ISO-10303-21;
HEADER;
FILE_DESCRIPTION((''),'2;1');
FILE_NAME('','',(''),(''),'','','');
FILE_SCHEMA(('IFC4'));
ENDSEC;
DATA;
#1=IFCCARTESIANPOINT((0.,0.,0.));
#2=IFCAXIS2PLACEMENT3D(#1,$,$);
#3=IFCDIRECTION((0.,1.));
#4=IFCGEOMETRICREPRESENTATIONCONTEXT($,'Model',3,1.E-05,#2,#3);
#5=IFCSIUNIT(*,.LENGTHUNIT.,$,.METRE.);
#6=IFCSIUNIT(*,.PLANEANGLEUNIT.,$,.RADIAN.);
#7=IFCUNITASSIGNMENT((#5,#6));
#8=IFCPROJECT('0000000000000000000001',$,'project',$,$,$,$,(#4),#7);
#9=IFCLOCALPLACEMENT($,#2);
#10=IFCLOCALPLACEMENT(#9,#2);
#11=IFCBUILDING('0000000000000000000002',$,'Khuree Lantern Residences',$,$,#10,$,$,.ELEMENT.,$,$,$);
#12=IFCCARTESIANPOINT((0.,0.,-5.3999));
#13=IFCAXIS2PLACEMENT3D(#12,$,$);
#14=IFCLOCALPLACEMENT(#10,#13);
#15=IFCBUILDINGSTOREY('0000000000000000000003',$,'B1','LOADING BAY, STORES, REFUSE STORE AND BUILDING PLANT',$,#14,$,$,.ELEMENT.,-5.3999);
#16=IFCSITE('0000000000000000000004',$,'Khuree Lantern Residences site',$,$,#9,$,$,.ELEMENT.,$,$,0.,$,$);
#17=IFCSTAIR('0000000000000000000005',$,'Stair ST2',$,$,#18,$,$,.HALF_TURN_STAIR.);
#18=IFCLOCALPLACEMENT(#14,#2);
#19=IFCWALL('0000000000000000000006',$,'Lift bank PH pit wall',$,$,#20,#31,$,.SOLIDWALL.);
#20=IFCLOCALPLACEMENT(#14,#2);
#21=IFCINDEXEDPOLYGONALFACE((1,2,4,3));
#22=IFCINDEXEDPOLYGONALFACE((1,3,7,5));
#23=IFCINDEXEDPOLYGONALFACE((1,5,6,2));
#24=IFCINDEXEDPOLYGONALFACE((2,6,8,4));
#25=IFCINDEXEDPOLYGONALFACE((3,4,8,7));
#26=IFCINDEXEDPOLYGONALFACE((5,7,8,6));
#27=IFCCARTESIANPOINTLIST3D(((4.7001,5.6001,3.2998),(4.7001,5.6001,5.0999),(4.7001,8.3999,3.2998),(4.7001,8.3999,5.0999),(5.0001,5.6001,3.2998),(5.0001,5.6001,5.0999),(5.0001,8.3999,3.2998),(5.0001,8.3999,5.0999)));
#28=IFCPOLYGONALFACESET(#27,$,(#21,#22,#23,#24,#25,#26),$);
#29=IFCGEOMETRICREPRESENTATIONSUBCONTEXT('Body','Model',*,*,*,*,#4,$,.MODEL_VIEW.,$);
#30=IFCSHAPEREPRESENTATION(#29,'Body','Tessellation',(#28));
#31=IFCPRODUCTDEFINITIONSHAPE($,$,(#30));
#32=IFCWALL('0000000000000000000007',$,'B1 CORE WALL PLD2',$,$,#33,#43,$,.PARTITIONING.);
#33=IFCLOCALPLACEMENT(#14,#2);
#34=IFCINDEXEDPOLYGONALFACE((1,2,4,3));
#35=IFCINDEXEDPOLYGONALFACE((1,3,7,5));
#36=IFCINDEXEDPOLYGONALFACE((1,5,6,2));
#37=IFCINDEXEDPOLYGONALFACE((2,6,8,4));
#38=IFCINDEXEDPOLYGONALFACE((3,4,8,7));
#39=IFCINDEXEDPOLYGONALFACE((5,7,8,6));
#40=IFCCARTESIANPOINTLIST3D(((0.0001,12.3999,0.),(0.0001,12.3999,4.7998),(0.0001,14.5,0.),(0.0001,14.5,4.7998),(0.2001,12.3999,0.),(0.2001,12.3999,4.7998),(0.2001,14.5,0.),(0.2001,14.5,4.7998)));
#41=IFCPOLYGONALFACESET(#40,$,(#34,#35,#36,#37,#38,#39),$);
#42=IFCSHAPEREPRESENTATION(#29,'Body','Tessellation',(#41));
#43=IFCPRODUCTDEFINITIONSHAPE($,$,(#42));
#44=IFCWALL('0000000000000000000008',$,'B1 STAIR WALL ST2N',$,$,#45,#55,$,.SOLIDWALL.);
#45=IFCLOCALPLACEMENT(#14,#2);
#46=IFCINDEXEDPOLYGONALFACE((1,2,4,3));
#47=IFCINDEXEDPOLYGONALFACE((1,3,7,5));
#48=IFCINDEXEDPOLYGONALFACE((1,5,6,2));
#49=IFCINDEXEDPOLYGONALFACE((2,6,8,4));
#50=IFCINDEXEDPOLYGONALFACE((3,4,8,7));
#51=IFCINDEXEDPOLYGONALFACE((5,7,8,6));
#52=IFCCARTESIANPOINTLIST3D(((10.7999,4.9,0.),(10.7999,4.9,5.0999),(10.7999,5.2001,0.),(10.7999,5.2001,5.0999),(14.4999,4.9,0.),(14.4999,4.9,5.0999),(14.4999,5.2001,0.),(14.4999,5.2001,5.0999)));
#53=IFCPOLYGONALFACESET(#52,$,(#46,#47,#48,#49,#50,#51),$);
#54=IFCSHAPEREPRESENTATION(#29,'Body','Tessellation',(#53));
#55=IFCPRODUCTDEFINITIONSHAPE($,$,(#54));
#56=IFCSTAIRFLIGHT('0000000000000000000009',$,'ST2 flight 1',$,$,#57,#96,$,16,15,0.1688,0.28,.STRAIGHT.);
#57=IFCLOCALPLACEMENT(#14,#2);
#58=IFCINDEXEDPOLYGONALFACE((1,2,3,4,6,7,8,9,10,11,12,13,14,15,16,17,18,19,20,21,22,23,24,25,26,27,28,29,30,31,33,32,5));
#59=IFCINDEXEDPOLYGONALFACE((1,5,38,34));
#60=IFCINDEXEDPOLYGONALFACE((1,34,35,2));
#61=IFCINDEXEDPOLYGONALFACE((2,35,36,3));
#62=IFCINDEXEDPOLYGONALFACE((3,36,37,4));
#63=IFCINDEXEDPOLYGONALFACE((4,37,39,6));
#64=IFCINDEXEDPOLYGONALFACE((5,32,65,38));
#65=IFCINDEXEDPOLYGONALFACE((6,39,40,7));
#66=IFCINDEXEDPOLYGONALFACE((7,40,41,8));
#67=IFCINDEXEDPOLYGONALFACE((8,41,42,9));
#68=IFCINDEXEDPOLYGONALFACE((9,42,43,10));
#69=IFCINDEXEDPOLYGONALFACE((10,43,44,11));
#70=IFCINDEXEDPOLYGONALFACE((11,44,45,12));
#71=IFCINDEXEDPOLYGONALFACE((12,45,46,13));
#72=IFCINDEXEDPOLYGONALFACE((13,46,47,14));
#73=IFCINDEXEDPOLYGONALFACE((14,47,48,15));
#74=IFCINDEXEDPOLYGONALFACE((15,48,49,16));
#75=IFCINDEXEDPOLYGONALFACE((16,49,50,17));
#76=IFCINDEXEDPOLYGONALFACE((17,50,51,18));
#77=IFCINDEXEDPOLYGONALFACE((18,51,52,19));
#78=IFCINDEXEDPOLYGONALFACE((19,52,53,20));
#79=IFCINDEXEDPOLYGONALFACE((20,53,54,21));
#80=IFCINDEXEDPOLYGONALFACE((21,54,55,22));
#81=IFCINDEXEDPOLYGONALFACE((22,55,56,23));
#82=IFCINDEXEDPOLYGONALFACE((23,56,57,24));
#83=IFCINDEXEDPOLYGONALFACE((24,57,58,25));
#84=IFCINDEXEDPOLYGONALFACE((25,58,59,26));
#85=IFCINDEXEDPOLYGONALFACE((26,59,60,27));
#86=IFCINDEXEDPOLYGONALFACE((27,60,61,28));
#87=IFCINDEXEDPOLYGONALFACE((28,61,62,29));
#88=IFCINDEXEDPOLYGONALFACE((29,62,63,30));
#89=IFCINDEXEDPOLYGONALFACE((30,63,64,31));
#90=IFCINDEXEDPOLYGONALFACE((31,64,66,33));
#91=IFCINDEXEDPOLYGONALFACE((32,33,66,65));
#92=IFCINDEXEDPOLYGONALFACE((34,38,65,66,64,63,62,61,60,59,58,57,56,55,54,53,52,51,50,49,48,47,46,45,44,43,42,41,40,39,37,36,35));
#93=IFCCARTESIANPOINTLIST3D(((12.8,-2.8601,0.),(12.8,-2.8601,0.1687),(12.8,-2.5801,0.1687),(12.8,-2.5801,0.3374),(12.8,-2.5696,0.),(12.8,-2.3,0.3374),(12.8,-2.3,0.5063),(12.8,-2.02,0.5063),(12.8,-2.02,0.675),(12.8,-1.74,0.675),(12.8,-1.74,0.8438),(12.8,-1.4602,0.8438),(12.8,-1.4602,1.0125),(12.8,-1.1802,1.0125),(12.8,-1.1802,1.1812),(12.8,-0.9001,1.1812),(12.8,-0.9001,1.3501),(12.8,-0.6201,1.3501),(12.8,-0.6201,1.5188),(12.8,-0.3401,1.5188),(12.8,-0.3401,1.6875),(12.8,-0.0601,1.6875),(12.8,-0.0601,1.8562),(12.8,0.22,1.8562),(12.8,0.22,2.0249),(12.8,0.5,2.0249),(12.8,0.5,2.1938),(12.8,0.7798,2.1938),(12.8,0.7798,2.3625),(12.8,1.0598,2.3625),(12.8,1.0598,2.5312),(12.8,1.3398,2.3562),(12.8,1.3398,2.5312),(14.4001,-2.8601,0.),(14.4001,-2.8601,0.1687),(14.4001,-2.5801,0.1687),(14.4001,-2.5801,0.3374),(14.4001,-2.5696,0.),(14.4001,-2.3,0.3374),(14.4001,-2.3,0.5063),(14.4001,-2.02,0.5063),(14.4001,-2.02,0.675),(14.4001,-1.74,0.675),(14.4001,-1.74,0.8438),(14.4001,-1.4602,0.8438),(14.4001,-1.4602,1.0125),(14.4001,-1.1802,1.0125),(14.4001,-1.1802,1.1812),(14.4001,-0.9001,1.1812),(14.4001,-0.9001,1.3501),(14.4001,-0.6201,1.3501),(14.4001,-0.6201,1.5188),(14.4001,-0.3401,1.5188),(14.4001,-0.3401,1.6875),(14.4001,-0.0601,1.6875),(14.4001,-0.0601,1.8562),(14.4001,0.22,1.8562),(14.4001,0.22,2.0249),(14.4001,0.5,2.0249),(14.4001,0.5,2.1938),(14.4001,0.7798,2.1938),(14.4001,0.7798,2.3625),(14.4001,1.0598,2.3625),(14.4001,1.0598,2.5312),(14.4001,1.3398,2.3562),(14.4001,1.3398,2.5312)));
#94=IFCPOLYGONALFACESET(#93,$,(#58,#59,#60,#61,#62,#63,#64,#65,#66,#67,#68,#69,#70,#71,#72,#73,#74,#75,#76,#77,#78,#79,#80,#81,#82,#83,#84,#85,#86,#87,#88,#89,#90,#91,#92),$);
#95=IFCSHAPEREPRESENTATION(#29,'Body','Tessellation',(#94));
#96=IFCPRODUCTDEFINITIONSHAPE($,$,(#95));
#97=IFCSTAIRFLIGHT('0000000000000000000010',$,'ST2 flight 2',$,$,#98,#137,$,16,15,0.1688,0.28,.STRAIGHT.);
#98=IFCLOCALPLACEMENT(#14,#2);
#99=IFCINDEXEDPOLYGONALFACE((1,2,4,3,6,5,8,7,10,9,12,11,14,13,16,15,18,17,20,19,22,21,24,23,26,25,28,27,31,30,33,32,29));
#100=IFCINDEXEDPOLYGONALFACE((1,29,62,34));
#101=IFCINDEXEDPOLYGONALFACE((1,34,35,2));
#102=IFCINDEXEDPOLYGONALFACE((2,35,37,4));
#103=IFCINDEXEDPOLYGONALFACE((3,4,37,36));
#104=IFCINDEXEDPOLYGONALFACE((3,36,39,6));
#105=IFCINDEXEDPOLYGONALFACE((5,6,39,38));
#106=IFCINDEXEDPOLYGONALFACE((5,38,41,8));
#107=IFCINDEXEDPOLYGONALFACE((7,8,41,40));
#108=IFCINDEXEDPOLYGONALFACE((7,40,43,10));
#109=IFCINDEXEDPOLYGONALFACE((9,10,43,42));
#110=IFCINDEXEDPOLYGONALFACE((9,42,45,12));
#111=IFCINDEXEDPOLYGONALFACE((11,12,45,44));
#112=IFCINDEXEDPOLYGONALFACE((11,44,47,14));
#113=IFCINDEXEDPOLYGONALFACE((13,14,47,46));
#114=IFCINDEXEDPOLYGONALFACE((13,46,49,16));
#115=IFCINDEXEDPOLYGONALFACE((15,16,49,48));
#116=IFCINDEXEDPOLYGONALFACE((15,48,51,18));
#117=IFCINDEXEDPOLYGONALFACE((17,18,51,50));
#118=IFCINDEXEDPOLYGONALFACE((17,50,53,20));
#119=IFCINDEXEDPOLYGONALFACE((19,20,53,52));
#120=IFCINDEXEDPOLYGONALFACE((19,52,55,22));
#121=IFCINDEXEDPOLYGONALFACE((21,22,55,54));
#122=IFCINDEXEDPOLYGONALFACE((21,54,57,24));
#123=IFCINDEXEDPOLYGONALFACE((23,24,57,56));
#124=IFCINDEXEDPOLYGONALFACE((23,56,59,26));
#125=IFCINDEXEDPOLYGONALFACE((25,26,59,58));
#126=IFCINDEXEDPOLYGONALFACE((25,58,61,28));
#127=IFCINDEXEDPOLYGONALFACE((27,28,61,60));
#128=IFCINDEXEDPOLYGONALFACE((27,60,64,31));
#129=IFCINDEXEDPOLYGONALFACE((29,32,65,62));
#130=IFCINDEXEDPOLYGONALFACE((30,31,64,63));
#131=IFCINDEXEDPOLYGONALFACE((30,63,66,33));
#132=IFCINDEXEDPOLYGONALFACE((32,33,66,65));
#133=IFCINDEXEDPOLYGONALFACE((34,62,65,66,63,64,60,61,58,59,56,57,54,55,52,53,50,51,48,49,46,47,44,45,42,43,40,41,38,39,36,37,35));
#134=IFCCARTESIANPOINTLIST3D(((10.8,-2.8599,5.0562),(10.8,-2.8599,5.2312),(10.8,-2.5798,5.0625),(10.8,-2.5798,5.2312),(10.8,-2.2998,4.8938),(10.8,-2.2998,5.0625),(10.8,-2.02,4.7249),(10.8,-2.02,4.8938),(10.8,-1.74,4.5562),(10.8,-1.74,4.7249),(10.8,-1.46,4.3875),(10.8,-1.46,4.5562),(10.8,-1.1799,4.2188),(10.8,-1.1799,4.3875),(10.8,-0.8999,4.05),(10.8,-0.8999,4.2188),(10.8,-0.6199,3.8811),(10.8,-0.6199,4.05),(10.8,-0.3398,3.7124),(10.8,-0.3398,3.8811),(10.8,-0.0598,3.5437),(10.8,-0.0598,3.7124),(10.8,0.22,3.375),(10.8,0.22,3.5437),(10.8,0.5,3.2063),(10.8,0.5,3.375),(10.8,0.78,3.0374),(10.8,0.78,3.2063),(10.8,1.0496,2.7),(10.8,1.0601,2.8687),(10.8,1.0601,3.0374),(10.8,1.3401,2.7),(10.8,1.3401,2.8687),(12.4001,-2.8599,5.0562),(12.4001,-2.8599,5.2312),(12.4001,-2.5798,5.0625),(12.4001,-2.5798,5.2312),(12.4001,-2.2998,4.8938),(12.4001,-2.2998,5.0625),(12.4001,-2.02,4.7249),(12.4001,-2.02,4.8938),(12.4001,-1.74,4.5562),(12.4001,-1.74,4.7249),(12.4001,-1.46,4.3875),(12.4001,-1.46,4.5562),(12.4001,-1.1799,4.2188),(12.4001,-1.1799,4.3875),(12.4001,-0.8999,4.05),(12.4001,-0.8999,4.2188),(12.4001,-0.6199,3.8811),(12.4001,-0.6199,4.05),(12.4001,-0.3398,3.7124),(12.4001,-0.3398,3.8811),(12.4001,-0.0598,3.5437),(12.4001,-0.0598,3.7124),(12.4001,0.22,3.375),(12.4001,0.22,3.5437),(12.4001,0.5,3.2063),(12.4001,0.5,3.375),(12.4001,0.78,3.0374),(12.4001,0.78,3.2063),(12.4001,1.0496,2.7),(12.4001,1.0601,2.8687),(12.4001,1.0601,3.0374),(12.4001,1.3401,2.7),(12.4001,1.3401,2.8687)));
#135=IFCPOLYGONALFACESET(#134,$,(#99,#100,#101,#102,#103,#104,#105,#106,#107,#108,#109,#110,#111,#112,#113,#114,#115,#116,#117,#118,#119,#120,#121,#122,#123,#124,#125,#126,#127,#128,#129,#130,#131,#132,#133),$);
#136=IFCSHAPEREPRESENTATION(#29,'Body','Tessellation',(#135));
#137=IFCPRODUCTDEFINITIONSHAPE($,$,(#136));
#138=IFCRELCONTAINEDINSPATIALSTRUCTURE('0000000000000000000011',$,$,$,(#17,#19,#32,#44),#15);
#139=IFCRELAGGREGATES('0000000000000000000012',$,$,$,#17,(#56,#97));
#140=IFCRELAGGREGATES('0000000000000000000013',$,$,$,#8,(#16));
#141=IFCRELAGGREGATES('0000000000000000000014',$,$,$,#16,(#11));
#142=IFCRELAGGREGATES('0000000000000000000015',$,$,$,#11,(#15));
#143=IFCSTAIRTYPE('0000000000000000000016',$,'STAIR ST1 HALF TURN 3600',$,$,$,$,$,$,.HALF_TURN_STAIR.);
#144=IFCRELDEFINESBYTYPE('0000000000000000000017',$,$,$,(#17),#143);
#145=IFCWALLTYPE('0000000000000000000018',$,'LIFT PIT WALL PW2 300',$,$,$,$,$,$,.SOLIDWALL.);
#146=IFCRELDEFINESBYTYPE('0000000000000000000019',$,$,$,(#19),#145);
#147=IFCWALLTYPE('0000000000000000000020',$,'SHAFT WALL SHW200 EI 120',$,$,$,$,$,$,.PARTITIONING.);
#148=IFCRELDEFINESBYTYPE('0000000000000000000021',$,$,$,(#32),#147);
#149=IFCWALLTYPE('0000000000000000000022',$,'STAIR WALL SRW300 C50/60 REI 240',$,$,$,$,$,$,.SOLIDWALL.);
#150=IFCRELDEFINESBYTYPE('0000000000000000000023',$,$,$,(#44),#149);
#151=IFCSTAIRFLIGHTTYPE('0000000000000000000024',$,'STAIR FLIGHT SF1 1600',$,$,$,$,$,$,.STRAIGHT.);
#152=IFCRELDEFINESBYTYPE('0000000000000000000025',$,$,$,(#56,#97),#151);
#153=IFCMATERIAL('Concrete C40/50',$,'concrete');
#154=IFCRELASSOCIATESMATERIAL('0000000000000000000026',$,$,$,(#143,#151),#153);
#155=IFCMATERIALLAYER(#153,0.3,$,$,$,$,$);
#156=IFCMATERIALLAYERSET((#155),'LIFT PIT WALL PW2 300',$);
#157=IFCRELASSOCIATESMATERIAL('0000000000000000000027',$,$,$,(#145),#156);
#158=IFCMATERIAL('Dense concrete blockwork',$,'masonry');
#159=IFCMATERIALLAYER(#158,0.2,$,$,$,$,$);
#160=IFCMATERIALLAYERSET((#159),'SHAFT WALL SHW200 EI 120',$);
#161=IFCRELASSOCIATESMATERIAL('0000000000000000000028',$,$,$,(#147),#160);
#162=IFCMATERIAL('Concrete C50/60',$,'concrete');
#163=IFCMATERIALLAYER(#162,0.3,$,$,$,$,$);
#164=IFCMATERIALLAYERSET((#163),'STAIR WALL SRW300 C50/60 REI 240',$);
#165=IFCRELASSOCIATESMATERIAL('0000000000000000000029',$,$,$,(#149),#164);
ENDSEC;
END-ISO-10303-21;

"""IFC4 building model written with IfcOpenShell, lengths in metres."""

from ifc_helpers import new_model, si_unit, direction, frame, frame_2d, origin, place, context, subcontext, project, spatial, polyline, rectangle, outline, extrude, material, layer, layer_set, type_object, element, aggregate, save


model = new_model("IFC4")

# Units and contexts
model_context = context("Model", 3, precision=1e-05, world=origin(), true_north=direction((0.0, 1.0)))
body_context = subcontext(model_context, "Body", "Model", "MODEL_VIEW")
ifc_project = project(units=[si_unit("LENGTHUNIT", "METRE"), si_unit("PLANEANGLEUNIT", "RADIAN")], contexts=[model_context])

# Site, building, storey
site_placement = place(None, origin())
site = spatial("IfcSite", under=ifc_project, at=site_placement, Name="Khuree Lantern Residences site", CompositionType="ELEMENT", RefElevation=0.0)
building_placement = place(site_placement, origin())
building = spatial("IfcBuilding", under=site, at=building_placement, Name="Khuree Lantern Residences", CompositionType="ELEMENT")
storey_placement = place(building_placement, frame((0.0, 0.0, -5.3999)))
storey = spatial("IfcBuildingStorey", under=building, at=storey_placement, Name="B1", Description="LOADING BAY, STORES, REFUSE STORE AND BUILDING PLANT", CompositionType="ELEMENT", Elevation=-5.3999)

# Shared definitions
ifc_material_1 = material(Name="Concrete C40/50", Category="concrete")

# Stair
stair_type_1 = type_object("IfcStairType", Name="STAIR ST1 HALF TURN 3600", PredefinedType="HALF_TURN_STAIR", material=ifc_material_1)
stair_1_placement = place(storey_placement, origin())
stair_1 = element("IfcStair", 1, at=stair_1_placement, inside=storey, type_object=stair_type_1, Name="Stair ST2", PredefinedType="HALF_TURN_STAIR")

# Shared definitions
ifc_material_2 = material(Name="Dense concrete blockwork", Category="masonry")

# Walls
ifc_layer_1 = layer(ifc_material_1, 0.3)
ifc_layer_set_1 = layer_set([ifc_layer_1], Name="LIFT PIT WALL PW2 300")
wall_type_1 = type_object("IfcWallType", Name="LIFT PIT WALL PW2 300", PredefinedType="SOLIDWALL", material=ifc_layer_set_1)
wall_1_placement = place(storey_placement, frame((4.8501, 5.6001, 3.2998), z_axis=(0.0, 0.0, 1.0), x_axis=(0.0, 1.0, 0.0)))
element("IfcWall", 2, at=wall_1_placement, inside=storey, type_object=wall_type_1, Name="Lift bank PH pit wall", PredefinedType="SOLIDWALL", context=body_context, shape_type="SweptSolid", body=[
    extrude(rectangle(XDim=2.7998, YDim=0.3, at=frame_2d((1.3999, 0.0))), origin(), (0.0, 0.0, 1.0), 1.8),
])
ifc_layer_2 = layer(ifc_material_2, 0.2)
ifc_layer_set_2 = layer_set([ifc_layer_2], Name="SHAFT WALL SHW200 EI 120")
wall_type_2 = type_object("IfcWallType", Name="SHAFT WALL SHW200 EI 120", PredefinedType="PARTITIONING", material=ifc_layer_set_2)
wall_2_placement = place(storey_placement, frame((0.1001, 12.3999, 0.0), z_axis=(0.0, 0.0, 1.0), x_axis=(0.0, 1.0, 0.0)))
element("IfcWall", 3, at=wall_2_placement, inside=storey, type_object=wall_type_2, Name="B1 CORE WALL PLD2", PredefinedType="PARTITIONING", context=body_context, shape_type="SweptSolid", body=[
    extrude(rectangle(XDim=2.1001, YDim=0.2, at=frame_2d((1.05, 0.0))), origin(), (0.0, 0.0, 1.0), 4.7998),
])
ifc_material_3 = material(Name="Concrete C50/60", Category="concrete")
ifc_layer_3 = layer(ifc_material_3, 0.3)
ifc_layer_set_3 = layer_set([ifc_layer_3], Name="STAIR WALL SRW300 C50/60 REI 240")
wall_type_3 = type_object("IfcWallType", Name="STAIR WALL SRW300 C50/60 REI 240", PredefinedType="SOLIDWALL", material=ifc_layer_set_3)
wall_3_placement = place(storey_placement, frame((14.5, 5.05, 0.0), z_axis=(0.0, 0.0, 1.0), x_axis=(-1.0, 0.0, 0.0)))
element("IfcWall", 4, at=wall_3_placement, inside=storey, type_object=wall_type_3, Name="B1 STAIR WALL ST2N", PredefinedType="SOLIDWALL", context=body_context, shape_type="SweptSolid", body=[
    extrude(rectangle(XDim=3.7, YDim=0.3, at=frame_2d((1.8501, 0.0))), origin(), (0.0, 0.0, 1.0), 5.0999),
])

# Stair flights
stair_flight_type = type_object("IfcStairFlightType", Name="STAIR FLIGHT SF1 1600", PredefinedType="STRAIGHT", material=ifc_material_1)
stair_flight_1_placement = place(storey_placement, frame((13.6001, -2.8601, 0.0), z_axis=(0.0, 0.0, 1.0), x_axis=(0.0, 1.0, 0.0)))
stair_flight_1 = element("IfcStairFlight", 5, at=stair_flight_1_placement, type_object=stair_flight_type, Name="ST2 flight 1", NumberOfRisers=16, NumberOfTreads=15, PredefinedType="STRAIGHT", RiserHeight=0.1688, TreadLength=0.28, context=body_context, shape_type="SweptSolid", body=[
    extrude(outline(polyline([(0.0, 0.0), (0.0, 0.1687), (0.28, 0.1687), (0.28, 0.3374), (0.5601, 0.3374), (0.5601, 0.5063), (0.8401, 0.5063), (0.8401, 0.675), (1.1201, 0.675), (1.1201, 0.8438), (1.3999, 0.8438), (1.3999, 1.0125), (1.6799, 1.0125), (1.6799, 1.1812), (1.96, 1.1812), (1.96, 1.3501), (2.24, 1.3501), (2.24, 1.5188), (2.52, 1.5188), (2.52, 1.6875), (2.8, 1.6875), (2.8, 1.8562), (3.0801, 1.8562), (3.0801, 2.0249), (3.3601, 2.0249), (3.3601, 2.1938), (3.6399, 2.1938), (3.6399, 2.3625), (3.9199, 2.3625), (3.9199, 2.5312), (4.2, 2.5312), (4.2, 2.7), (4.2, 2.3562), (0.2905, 0.0), (0.0, 0.0)])), frame((0.0, 0.8, 0.0), z_axis=(0.0, -1.0, 0.0), x_axis=(1.0, 0.0, 0.0)), (0.0, 0.0, 1.0), 1.6001),
])
stair_flight_2_placement = place(storey_placement, frame((11.6001, 1.3401, 2.7), z_axis=(0.0, 0.0, 1.0), x_axis=(0.0, -1.0, 0.0)))
stair_flight_2 = element("IfcStairFlight", 6, at=stair_flight_2_placement, type_object=stair_flight_type, Name="ST2 flight 2", NumberOfRisers=16, NumberOfTreads=15, PredefinedType="STRAIGHT", RiserHeight=0.1688, TreadLength=0.28, context=body_context, shape_type="SweptSolid", body=[
    extrude(outline(polyline([(0.0, 0.0), (0.0, 0.1687), (0.28, 0.1687), (0.28, 0.3374), (0.5601, 0.3374), (0.5601, 0.5063), (0.8401, 0.5063), (0.8401, 0.675), (1.1201, 0.675), (1.1201, 0.8438), (1.3999, 0.8438), (1.3999, 1.0125), (1.6799, 1.0125), (1.6799, 1.1812), (1.96, 1.1812), (1.96, 1.3501), (2.24, 1.3501), (2.24, 1.5188), (2.52, 1.5188), (2.52, 1.6875), (2.8, 1.6875), (2.8, 1.8562), (3.0801, 1.8562), (3.0801, 2.0249), (3.3601, 2.0249), (3.3601, 2.1938), (3.6399, 2.1938), (3.6399, 2.3625), (3.9199, 2.3625), (3.9199, 2.5312), (4.2, 2.5312), (4.2, 2.7), (4.2, 2.3562), (0.2905, 0.0), (0.0, 0.0)])), frame((0.0, 0.8, 0.0), z_axis=(0.0, -1.0, 0.0), x_axis=(1.0, 0.0, 0.0)), (0.0, 0.0, 1.0), 1.6001),
])
aggregate(stair_1, [stair_flight_1, stair_flight_2])

save(model, "model.ifc")
